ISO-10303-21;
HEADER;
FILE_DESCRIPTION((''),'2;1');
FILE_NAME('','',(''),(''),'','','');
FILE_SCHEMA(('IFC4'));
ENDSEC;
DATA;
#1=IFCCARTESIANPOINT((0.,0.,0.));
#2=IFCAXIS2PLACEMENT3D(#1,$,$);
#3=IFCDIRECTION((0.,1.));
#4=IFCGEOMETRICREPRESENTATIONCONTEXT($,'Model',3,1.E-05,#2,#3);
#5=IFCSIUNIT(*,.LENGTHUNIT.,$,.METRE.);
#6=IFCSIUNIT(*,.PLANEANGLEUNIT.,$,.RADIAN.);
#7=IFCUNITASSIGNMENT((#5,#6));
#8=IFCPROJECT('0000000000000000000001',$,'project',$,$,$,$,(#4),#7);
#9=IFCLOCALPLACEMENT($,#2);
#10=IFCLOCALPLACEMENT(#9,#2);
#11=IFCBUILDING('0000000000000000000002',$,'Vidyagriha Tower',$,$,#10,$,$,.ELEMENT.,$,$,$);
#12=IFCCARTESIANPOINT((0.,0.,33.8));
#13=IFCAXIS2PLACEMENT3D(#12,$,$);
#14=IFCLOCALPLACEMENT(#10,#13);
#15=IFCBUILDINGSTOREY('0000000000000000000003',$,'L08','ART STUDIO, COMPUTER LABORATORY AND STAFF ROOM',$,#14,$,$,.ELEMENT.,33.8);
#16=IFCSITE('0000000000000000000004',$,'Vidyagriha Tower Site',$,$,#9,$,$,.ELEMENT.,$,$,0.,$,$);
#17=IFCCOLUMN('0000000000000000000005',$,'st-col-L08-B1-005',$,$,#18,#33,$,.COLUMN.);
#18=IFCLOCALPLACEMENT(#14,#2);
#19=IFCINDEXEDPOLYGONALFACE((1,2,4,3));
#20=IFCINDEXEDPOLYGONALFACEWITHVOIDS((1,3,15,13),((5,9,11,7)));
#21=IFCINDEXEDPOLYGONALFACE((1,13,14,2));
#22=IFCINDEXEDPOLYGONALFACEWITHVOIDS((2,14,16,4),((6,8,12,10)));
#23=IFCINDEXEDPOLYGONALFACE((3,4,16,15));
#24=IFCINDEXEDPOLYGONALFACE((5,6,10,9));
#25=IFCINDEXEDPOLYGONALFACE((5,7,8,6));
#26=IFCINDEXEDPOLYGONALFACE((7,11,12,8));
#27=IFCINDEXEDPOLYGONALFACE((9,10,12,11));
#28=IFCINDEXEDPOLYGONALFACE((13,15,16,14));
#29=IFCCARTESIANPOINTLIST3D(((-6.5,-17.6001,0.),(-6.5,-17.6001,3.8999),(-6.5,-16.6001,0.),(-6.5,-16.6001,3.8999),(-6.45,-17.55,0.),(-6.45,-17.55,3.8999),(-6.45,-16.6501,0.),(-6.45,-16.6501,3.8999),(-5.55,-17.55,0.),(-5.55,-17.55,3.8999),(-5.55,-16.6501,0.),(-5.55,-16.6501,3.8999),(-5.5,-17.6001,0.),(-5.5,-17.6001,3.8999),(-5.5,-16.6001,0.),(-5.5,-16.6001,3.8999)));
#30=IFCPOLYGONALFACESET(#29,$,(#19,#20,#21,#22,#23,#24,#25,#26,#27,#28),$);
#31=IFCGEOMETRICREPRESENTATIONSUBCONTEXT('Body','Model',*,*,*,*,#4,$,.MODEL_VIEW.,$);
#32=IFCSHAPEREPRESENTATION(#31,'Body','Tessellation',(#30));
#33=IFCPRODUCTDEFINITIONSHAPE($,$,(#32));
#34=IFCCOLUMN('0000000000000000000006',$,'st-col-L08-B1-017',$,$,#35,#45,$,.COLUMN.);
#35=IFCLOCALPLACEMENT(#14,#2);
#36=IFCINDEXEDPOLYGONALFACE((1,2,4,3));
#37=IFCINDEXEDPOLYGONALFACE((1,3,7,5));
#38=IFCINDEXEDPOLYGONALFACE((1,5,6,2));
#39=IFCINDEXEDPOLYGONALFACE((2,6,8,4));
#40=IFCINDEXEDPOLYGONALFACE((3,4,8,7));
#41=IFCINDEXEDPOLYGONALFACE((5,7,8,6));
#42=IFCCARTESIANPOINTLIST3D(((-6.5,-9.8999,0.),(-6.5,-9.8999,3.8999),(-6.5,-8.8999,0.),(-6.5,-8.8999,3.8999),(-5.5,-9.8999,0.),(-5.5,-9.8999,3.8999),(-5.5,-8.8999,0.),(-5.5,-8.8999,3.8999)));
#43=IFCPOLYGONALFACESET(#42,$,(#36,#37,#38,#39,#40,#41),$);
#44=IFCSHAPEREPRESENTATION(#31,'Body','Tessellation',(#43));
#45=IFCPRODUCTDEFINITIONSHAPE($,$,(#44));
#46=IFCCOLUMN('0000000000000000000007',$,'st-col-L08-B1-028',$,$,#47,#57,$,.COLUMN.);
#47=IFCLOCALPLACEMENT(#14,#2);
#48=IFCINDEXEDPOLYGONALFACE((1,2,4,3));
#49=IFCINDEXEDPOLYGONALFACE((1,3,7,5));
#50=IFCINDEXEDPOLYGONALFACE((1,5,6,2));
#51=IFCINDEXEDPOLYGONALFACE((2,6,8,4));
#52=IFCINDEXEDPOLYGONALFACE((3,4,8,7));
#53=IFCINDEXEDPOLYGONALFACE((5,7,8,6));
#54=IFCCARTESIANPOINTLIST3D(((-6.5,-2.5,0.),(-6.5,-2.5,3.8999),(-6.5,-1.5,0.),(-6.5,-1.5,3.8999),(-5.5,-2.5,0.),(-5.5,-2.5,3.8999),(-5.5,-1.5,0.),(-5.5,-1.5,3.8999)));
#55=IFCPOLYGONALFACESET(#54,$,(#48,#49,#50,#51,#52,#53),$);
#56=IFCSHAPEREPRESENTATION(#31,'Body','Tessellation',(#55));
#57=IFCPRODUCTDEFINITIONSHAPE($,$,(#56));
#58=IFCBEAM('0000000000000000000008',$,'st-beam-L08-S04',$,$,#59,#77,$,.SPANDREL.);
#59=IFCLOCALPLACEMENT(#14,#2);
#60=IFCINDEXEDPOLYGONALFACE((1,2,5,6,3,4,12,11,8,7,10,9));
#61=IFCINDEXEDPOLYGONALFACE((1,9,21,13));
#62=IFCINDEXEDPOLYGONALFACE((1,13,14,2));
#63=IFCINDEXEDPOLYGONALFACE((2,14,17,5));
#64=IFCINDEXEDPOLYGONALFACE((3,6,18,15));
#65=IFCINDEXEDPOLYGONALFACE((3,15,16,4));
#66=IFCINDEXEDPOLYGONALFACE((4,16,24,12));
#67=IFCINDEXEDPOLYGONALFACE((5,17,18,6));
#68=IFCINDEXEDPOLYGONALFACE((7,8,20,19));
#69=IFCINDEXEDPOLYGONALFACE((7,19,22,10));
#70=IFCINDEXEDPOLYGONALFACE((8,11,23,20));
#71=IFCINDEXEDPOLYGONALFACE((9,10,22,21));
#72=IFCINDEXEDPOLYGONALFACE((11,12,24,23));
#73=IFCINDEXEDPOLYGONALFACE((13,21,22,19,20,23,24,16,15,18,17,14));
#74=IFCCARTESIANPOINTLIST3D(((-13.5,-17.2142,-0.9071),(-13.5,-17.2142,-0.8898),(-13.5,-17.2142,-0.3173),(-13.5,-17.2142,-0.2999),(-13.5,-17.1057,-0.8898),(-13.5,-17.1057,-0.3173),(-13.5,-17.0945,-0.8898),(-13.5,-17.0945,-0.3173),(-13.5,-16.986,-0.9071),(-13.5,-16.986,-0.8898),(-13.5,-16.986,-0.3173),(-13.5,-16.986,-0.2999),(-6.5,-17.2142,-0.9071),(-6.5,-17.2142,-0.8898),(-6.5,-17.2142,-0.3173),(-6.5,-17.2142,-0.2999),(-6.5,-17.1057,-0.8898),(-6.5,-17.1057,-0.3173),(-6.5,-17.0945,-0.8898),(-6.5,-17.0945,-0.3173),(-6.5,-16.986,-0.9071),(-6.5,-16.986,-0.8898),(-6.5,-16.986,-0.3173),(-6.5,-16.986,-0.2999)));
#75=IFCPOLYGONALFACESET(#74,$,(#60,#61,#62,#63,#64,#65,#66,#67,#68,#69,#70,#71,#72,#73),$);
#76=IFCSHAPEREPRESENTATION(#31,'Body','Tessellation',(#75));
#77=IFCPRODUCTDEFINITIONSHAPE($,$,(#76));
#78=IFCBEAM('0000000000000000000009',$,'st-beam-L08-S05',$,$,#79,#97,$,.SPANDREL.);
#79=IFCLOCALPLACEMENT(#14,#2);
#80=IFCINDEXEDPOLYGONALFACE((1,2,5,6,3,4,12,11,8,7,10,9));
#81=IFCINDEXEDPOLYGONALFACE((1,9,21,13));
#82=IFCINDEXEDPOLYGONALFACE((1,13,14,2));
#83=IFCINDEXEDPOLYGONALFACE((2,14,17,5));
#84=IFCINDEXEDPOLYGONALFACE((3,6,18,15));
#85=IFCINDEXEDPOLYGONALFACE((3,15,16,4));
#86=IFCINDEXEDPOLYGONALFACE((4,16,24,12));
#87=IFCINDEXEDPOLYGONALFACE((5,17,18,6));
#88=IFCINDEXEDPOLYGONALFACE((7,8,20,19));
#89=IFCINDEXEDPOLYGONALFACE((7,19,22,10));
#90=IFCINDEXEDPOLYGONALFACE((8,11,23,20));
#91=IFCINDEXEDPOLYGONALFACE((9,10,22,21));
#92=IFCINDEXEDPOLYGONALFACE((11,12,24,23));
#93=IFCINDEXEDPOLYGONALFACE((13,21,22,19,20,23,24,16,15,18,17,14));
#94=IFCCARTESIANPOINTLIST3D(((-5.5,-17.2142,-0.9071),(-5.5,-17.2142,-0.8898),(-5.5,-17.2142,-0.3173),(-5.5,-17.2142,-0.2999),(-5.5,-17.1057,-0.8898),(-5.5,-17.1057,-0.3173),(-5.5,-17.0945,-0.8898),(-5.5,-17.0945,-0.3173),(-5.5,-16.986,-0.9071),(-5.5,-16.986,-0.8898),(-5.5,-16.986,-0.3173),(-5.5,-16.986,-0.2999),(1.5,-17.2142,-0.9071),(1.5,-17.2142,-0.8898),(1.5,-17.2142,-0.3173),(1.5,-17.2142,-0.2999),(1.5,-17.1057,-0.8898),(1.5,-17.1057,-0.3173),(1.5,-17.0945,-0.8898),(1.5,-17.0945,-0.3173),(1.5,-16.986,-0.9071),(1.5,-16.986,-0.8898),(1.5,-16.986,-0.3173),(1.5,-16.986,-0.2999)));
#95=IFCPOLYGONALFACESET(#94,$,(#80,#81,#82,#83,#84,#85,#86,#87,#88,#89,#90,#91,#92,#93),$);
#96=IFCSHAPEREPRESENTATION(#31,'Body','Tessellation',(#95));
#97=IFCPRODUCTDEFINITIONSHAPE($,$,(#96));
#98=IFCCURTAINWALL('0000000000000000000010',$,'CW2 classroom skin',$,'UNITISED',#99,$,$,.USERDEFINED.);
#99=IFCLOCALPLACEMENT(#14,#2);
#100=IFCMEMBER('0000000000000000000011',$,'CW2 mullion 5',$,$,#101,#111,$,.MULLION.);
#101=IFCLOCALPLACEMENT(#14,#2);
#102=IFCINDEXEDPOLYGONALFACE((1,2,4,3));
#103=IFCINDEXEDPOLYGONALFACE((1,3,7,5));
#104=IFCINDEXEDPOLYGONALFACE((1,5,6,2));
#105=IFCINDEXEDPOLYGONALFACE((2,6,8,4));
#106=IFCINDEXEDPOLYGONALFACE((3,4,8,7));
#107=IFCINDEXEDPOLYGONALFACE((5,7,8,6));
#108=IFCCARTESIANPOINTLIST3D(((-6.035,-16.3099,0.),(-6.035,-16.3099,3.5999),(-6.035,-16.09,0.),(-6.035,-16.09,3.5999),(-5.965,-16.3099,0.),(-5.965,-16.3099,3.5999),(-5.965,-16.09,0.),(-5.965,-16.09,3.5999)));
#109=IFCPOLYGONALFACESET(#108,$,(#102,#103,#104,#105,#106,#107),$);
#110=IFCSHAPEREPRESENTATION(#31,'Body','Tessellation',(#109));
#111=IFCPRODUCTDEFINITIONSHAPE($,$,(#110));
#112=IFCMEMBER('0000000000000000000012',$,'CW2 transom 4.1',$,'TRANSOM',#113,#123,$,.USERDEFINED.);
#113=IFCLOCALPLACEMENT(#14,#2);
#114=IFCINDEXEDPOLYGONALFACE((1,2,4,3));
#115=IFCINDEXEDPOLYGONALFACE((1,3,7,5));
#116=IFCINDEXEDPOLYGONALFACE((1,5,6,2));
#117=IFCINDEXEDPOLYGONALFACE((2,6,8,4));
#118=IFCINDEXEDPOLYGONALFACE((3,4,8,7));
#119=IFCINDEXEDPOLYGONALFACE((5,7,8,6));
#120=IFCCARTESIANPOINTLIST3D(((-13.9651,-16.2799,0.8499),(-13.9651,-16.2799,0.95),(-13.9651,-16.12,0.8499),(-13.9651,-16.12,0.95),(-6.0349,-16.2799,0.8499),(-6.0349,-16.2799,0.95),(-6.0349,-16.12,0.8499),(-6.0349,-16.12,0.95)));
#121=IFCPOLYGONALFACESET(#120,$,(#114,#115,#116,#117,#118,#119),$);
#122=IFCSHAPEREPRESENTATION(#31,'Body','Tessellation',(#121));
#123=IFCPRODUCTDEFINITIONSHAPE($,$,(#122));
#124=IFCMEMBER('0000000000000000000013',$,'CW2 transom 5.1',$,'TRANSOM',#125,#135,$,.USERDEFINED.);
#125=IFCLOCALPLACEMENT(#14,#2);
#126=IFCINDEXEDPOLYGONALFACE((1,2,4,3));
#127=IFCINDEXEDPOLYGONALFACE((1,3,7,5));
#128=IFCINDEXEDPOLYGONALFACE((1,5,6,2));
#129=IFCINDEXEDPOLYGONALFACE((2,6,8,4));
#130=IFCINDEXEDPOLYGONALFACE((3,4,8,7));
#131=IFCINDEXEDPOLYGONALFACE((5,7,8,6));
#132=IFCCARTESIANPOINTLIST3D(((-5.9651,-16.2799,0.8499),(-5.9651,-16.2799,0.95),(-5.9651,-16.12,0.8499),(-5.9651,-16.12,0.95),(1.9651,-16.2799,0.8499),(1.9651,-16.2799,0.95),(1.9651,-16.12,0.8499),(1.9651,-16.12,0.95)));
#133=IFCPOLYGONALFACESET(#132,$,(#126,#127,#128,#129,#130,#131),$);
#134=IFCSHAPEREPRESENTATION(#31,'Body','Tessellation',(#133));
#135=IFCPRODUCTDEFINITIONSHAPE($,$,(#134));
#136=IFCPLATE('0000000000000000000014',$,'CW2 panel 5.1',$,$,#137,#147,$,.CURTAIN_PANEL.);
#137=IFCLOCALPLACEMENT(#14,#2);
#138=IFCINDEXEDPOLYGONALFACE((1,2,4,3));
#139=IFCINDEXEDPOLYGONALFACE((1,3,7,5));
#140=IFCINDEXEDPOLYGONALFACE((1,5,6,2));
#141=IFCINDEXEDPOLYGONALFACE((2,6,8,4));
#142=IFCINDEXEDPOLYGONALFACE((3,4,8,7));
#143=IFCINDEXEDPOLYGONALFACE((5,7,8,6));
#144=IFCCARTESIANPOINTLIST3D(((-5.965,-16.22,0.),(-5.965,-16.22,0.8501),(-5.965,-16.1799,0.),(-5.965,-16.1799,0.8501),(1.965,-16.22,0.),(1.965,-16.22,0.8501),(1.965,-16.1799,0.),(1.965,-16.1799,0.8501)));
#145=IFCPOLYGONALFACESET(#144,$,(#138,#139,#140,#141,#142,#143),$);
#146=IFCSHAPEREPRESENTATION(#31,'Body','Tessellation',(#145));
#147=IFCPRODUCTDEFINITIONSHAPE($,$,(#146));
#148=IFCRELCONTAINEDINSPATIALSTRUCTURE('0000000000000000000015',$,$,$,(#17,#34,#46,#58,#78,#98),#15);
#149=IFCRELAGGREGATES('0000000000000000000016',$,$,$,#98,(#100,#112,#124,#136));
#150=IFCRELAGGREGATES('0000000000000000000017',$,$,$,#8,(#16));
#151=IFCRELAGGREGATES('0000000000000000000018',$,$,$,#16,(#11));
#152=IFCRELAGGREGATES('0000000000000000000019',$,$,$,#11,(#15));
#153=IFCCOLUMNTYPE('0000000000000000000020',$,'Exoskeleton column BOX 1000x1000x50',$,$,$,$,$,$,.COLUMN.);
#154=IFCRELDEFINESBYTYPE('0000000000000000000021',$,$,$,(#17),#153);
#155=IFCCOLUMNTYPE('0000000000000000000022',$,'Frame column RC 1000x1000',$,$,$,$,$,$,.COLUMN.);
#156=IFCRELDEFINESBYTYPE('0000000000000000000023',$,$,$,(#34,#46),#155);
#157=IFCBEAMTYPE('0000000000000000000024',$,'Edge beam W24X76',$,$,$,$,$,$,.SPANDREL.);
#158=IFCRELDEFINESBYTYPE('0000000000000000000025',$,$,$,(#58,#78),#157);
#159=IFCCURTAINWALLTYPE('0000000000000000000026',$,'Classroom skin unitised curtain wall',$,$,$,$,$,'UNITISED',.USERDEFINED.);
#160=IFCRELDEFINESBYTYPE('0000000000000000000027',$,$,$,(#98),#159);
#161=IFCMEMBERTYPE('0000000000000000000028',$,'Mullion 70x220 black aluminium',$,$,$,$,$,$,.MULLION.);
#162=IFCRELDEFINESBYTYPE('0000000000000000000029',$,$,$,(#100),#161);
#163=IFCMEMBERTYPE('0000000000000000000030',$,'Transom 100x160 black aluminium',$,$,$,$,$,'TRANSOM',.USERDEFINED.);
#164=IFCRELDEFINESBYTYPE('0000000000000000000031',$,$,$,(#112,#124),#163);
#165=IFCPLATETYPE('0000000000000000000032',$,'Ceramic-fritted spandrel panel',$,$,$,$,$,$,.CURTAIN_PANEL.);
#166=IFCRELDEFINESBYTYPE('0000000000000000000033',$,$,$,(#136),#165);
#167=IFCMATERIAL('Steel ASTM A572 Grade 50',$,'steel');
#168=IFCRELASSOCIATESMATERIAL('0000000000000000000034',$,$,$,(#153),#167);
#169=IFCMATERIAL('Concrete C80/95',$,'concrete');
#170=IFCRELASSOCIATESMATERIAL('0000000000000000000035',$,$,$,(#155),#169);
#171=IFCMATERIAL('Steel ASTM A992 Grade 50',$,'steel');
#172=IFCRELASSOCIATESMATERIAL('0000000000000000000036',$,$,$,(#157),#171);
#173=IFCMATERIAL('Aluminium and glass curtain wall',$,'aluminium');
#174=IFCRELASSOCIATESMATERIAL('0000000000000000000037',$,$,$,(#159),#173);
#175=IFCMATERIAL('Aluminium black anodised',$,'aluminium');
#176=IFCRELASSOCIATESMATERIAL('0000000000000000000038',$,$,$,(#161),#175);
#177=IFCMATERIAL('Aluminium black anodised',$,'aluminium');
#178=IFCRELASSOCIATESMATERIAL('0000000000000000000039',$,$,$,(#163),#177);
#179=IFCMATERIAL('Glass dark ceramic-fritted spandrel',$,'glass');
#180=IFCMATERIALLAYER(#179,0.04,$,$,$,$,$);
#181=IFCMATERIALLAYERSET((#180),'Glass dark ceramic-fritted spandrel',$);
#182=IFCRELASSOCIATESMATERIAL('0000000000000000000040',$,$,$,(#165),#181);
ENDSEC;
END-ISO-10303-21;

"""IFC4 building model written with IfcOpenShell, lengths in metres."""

from ifc_helpers import new_model, si_unit, direction, frame, origin, origin_2d, place, context, subcontext, project, spatial, rectangle, hollow_rectangle, i_section, extrude, material, layer, layer_set, material_profile, profile_set, type_object, element, aggregate, save


model = new_model("IFC4")

# Units and contexts
model_context = context("Model", 3, precision=1e-05, world=origin(), true_north=direction((0.0, 1.0)))
body_context = subcontext(model_context, "Body", "Model", "MODEL_VIEW")
ifc_project = project(units=[si_unit("LENGTHUNIT", "METRE"), si_unit("PLANEANGLEUNIT", "RADIAN")], contexts=[model_context])

# Site, building, storey
site_placement = place(None, origin())
site = spatial("IfcSite", under=ifc_project, at=site_placement, Name="Vidyagriha Tower Site", CompositionType="ELEMENT", RefElevation=0.0)
building_placement = place(site_placement, origin())
building = spatial("IfcBuilding", under=site, at=building_placement, Name="Vidyagriha Tower", CompositionType="ELEMENT")
storey_placement = place(building_placement, frame((0.0, 0.0, 33.8)))
storey = spatial("IfcBuildingStorey", under=building, at=storey_placement, Name="L08", Description="ART STUDIO, COMPUTER LABORATORY AND STAFF ROOM", CompositionType="ELEMENT", Elevation=33.8)

# Columns
ifc_material_1 = material(Name="Steel ASTM A572 Grade 50", Category="steel")
ifc_material_profile_1 = material_profile(ifc_material_1, hollow_rectangle(XDim=1.0, YDim=1.0, WallThickness=0.05, at=origin_2d()), Name="BOX 1000x1000x50")
ifc_profile_set_1 = profile_set([ifc_material_profile_1], Name="Steel ASTM A572 Grade 50")
column_type_1 = type_object("IfcColumnType", Name="Exoskeleton column BOX 1000x1000x50", PredefinedType="COLUMN", material=ifc_profile_set_1)
column_placement = place(storey_placement, frame((-6.0, -17.1001, 0.0)))
element("IfcColumn", 1, at=column_placement, inside=storey, type_object=column_type_1, Name="st-col-L08-B1-005", PredefinedType="COLUMN", context=body_context, shape_type="SweptSolid", body=[
    extrude(hollow_rectangle(XDim=1.0, YDim=1.0, WallThickness=0.05, at=origin_2d()), origin(), (0.0, 0.0, 1.0), 3.8999),
])
ifc_material_2 = material(Name="Concrete C80/95", Category="concrete")
ifc_material_profile_2 = material_profile(ifc_material_2, rectangle(XDim=1.0, YDim=1.0, at=origin_2d()), Name="RC 1000x1000")
ifc_profile_set_2 = profile_set([ifc_material_profile_2], Name="Concrete C80/95")
column_type_2 = type_object("IfcColumnType", Name="Frame column RC 1000x1000", PredefinedType="COLUMN", material=ifc_profile_set_2)
for number, where, name in (
    (2, (-6.0, -9.3999, 0.0), "st-col-L08-B1-017"),
    (3, (-6.0, -2.0, 0.0), "st-col-L08-B1-028"),
):
    element("IfcColumn", number, at=place(storey_placement, frame(where)), inside=storey, type_object=column_type_2, Name=name, PredefinedType="COLUMN", context=body_context, shape_type="SweptSolid", body=[
        extrude(rectangle(XDim=1.0, YDim=1.0, at=origin_2d()), origin(), (0.0, 0.0, 1.0), 3.8999),
    ])

# Beams
ifc_material_3 = material(Name="Steel ASTM A992 Grade 50", Category="steel")
ifc_material_profile_3 = material_profile(ifc_material_3, i_section(OverallWidth=0.2283, OverallDepth=0.6072, WebThickness=0.0112, FlangeThickness=0.0173, at=origin_2d()), Name="W24X76")
ifc_profile_set_3 = profile_set([ifc_material_profile_3], Name="Steel ASTM A992 Grade 50")
beam_type = type_object("IfcBeamType", Name="Edge beam W24X76", PredefinedType="SPANDREL", material=ifc_profile_set_3)
for number, where, z_axis, x_axis, name in (
    (4, (-13.5, -17.1001, -0.6035), (1.0, 0.0, 0.0), (0.0, 1.0, 0.0), "st-beam-L08-S04"),
    (5, (-5.5, -17.1001, -0.6035), (1.0, 0.0, 0.0), (0.0, 1.0, 0.0), "st-beam-L08-S05"),
):
    element("IfcBeam", number, at=place(storey_placement, frame(where, z_axis=z_axis, x_axis=x_axis)), inside=storey, type_object=beam_type, Name=name, PredefinedType="SPANDREL", context=body_context, shape_type="SweptSolid", body=[
        extrude(i_section(OverallWidth=0.2283, OverallDepth=0.6072, WebThickness=0.0112, FlangeThickness=0.0173, at=origin_2d()), origin(), (0.0, 0.0, 1.0), 7.0),
    ])

# Curtain wall, members, plate
ifc_material_4 = material(Name="Aluminium and glass curtain wall", Category="aluminium")
curtain_wall_type = type_object("IfcCurtainWallType", Name="Classroom skin unitised curtain wall", ElementType="UNITISED", PredefinedType="USERDEFINED", material=ifc_material_4)
curtain_wall_placement = place(storey_placement, origin())
curtain_wall = element("IfcCurtainWall", 6, at=curtain_wall_placement, inside=storey, type_object=curtain_wall_type, Name="CW2 classroom skin", ObjectType="UNITISED", PredefinedType="USERDEFINED")
ifc_material_5 = material(Name="Aluminium black anodised", Category="aluminium")
ifc_material_profile_4 = material_profile(ifc_material_5, rectangle(XDim=0.22, YDim=0.0701, at=origin_2d()), Name="Mullion 70x220 black aluminium")
ifc_profile_set_4 = profile_set([ifc_material_profile_4], Name="Aluminium black anodised")
member_type_1 = type_object("IfcMemberType", Name="Mullion 70x220 black aluminium", PredefinedType="MULLION", material=ifc_profile_set_4)
member_1_placement = place(storey_placement, frame((-6.0, -16.2, 0.0), z_axis=(0.0, 0.0, 1.0), x_axis=(0.0, 1.0, 0.0)))
member_1 = element("IfcMember", 7, at=member_1_placement, type_object=member_type_1, Name="CW2 mullion 5", PredefinedType="MULLION", context=body_context, shape_type="SweptSolid", body=[
    extrude(rectangle(XDim=0.22, YDim=0.0701, at=origin_2d()), origin(), (0.0, 0.0, 1.0), 3.5999),
])
ifc_material_6 = material(Name="Aluminium black anodised", Category="aluminium")
ifc_material_profile_5 = material_profile(ifc_material_6, rectangle(XDim=0.1599, YDim=0.1001, at=origin_2d()), Name="Transom 100x160 black aluminium")
ifc_profile_set_5 = profile_set([ifc_material_profile_5], Name="Aluminium black anodised")
member_type_2 = type_object("IfcMemberType", Name="Transom 100x160 black aluminium", ElementType="TRANSOM", PredefinedType="USERDEFINED", material=ifc_profile_set_5)
member_2_placement = place(storey_placement, frame((-13.9651, -16.2, 0.8999), z_axis=(1.0, 0.0, 0.0), x_axis=(0.0, 1.0, 0.0)))
member_2 = element("IfcMember", 8, at=member_2_placement, type_object=member_type_2, Name="CW2 transom 4.1", ObjectType="TRANSOM", PredefinedType="USERDEFINED", context=body_context, shape_type="SweptSolid", body=[
    extrude(rectangle(XDim=0.1599, YDim=0.1001, at=origin_2d()), origin(), (0.0, 0.0, 1.0), 7.9302),
])
member_3_placement = place(storey_placement, frame((-5.9651, -16.2, 0.8999), z_axis=(1.0, 0.0, 0.0), x_axis=(0.0, 1.0, 0.0)))
member_3 = element("IfcMember", 9, at=member_3_placement, type_object=member_type_2, Name="CW2 transom 5.1", ObjectType="TRANSOM", PredefinedType="USERDEFINED", context=body_context, shape_type="SweptSolid", body=[
    extrude(rectangle(XDim=0.1599, YDim=0.1001, at=origin_2d()), origin(), (0.0, 0.0, 1.0), 7.9302),
])
ifc_material_7 = material(Name="Glass dark ceramic-fritted spandrel", Category="glass")
ifc_layer_1 = layer(ifc_material_7, 0.04)
ifc_layer_set_1 = layer_set([ifc_layer_1], Name="Glass dark ceramic-fritted spandrel")
plate_type_1 = type_object("IfcPlateType", Name="Ceramic-fritted spandrel panel", PredefinedType="CURTAIN_PANEL", material=ifc_layer_set_1)
plate_1_placement = place(storey_placement, frame((-2.0, -16.2, 0.0)))
plate_1 = element("IfcPlate", 10, at=plate_1_placement, type_object=plate_type_1, Name="CW2 panel 5.1", PredefinedType="CURTAIN_PANEL", context=body_context, shape_type="SweptSolid", body=[
    extrude(rectangle(XDim=7.9299, YDim=0.04, at=origin_2d()), origin(), (0.0, 0.0, 1.0), 0.8501),
])

aggregate(curtain_wall, [member_1, member_2, member_3, plate_1])

save(model, "model.ifc")
